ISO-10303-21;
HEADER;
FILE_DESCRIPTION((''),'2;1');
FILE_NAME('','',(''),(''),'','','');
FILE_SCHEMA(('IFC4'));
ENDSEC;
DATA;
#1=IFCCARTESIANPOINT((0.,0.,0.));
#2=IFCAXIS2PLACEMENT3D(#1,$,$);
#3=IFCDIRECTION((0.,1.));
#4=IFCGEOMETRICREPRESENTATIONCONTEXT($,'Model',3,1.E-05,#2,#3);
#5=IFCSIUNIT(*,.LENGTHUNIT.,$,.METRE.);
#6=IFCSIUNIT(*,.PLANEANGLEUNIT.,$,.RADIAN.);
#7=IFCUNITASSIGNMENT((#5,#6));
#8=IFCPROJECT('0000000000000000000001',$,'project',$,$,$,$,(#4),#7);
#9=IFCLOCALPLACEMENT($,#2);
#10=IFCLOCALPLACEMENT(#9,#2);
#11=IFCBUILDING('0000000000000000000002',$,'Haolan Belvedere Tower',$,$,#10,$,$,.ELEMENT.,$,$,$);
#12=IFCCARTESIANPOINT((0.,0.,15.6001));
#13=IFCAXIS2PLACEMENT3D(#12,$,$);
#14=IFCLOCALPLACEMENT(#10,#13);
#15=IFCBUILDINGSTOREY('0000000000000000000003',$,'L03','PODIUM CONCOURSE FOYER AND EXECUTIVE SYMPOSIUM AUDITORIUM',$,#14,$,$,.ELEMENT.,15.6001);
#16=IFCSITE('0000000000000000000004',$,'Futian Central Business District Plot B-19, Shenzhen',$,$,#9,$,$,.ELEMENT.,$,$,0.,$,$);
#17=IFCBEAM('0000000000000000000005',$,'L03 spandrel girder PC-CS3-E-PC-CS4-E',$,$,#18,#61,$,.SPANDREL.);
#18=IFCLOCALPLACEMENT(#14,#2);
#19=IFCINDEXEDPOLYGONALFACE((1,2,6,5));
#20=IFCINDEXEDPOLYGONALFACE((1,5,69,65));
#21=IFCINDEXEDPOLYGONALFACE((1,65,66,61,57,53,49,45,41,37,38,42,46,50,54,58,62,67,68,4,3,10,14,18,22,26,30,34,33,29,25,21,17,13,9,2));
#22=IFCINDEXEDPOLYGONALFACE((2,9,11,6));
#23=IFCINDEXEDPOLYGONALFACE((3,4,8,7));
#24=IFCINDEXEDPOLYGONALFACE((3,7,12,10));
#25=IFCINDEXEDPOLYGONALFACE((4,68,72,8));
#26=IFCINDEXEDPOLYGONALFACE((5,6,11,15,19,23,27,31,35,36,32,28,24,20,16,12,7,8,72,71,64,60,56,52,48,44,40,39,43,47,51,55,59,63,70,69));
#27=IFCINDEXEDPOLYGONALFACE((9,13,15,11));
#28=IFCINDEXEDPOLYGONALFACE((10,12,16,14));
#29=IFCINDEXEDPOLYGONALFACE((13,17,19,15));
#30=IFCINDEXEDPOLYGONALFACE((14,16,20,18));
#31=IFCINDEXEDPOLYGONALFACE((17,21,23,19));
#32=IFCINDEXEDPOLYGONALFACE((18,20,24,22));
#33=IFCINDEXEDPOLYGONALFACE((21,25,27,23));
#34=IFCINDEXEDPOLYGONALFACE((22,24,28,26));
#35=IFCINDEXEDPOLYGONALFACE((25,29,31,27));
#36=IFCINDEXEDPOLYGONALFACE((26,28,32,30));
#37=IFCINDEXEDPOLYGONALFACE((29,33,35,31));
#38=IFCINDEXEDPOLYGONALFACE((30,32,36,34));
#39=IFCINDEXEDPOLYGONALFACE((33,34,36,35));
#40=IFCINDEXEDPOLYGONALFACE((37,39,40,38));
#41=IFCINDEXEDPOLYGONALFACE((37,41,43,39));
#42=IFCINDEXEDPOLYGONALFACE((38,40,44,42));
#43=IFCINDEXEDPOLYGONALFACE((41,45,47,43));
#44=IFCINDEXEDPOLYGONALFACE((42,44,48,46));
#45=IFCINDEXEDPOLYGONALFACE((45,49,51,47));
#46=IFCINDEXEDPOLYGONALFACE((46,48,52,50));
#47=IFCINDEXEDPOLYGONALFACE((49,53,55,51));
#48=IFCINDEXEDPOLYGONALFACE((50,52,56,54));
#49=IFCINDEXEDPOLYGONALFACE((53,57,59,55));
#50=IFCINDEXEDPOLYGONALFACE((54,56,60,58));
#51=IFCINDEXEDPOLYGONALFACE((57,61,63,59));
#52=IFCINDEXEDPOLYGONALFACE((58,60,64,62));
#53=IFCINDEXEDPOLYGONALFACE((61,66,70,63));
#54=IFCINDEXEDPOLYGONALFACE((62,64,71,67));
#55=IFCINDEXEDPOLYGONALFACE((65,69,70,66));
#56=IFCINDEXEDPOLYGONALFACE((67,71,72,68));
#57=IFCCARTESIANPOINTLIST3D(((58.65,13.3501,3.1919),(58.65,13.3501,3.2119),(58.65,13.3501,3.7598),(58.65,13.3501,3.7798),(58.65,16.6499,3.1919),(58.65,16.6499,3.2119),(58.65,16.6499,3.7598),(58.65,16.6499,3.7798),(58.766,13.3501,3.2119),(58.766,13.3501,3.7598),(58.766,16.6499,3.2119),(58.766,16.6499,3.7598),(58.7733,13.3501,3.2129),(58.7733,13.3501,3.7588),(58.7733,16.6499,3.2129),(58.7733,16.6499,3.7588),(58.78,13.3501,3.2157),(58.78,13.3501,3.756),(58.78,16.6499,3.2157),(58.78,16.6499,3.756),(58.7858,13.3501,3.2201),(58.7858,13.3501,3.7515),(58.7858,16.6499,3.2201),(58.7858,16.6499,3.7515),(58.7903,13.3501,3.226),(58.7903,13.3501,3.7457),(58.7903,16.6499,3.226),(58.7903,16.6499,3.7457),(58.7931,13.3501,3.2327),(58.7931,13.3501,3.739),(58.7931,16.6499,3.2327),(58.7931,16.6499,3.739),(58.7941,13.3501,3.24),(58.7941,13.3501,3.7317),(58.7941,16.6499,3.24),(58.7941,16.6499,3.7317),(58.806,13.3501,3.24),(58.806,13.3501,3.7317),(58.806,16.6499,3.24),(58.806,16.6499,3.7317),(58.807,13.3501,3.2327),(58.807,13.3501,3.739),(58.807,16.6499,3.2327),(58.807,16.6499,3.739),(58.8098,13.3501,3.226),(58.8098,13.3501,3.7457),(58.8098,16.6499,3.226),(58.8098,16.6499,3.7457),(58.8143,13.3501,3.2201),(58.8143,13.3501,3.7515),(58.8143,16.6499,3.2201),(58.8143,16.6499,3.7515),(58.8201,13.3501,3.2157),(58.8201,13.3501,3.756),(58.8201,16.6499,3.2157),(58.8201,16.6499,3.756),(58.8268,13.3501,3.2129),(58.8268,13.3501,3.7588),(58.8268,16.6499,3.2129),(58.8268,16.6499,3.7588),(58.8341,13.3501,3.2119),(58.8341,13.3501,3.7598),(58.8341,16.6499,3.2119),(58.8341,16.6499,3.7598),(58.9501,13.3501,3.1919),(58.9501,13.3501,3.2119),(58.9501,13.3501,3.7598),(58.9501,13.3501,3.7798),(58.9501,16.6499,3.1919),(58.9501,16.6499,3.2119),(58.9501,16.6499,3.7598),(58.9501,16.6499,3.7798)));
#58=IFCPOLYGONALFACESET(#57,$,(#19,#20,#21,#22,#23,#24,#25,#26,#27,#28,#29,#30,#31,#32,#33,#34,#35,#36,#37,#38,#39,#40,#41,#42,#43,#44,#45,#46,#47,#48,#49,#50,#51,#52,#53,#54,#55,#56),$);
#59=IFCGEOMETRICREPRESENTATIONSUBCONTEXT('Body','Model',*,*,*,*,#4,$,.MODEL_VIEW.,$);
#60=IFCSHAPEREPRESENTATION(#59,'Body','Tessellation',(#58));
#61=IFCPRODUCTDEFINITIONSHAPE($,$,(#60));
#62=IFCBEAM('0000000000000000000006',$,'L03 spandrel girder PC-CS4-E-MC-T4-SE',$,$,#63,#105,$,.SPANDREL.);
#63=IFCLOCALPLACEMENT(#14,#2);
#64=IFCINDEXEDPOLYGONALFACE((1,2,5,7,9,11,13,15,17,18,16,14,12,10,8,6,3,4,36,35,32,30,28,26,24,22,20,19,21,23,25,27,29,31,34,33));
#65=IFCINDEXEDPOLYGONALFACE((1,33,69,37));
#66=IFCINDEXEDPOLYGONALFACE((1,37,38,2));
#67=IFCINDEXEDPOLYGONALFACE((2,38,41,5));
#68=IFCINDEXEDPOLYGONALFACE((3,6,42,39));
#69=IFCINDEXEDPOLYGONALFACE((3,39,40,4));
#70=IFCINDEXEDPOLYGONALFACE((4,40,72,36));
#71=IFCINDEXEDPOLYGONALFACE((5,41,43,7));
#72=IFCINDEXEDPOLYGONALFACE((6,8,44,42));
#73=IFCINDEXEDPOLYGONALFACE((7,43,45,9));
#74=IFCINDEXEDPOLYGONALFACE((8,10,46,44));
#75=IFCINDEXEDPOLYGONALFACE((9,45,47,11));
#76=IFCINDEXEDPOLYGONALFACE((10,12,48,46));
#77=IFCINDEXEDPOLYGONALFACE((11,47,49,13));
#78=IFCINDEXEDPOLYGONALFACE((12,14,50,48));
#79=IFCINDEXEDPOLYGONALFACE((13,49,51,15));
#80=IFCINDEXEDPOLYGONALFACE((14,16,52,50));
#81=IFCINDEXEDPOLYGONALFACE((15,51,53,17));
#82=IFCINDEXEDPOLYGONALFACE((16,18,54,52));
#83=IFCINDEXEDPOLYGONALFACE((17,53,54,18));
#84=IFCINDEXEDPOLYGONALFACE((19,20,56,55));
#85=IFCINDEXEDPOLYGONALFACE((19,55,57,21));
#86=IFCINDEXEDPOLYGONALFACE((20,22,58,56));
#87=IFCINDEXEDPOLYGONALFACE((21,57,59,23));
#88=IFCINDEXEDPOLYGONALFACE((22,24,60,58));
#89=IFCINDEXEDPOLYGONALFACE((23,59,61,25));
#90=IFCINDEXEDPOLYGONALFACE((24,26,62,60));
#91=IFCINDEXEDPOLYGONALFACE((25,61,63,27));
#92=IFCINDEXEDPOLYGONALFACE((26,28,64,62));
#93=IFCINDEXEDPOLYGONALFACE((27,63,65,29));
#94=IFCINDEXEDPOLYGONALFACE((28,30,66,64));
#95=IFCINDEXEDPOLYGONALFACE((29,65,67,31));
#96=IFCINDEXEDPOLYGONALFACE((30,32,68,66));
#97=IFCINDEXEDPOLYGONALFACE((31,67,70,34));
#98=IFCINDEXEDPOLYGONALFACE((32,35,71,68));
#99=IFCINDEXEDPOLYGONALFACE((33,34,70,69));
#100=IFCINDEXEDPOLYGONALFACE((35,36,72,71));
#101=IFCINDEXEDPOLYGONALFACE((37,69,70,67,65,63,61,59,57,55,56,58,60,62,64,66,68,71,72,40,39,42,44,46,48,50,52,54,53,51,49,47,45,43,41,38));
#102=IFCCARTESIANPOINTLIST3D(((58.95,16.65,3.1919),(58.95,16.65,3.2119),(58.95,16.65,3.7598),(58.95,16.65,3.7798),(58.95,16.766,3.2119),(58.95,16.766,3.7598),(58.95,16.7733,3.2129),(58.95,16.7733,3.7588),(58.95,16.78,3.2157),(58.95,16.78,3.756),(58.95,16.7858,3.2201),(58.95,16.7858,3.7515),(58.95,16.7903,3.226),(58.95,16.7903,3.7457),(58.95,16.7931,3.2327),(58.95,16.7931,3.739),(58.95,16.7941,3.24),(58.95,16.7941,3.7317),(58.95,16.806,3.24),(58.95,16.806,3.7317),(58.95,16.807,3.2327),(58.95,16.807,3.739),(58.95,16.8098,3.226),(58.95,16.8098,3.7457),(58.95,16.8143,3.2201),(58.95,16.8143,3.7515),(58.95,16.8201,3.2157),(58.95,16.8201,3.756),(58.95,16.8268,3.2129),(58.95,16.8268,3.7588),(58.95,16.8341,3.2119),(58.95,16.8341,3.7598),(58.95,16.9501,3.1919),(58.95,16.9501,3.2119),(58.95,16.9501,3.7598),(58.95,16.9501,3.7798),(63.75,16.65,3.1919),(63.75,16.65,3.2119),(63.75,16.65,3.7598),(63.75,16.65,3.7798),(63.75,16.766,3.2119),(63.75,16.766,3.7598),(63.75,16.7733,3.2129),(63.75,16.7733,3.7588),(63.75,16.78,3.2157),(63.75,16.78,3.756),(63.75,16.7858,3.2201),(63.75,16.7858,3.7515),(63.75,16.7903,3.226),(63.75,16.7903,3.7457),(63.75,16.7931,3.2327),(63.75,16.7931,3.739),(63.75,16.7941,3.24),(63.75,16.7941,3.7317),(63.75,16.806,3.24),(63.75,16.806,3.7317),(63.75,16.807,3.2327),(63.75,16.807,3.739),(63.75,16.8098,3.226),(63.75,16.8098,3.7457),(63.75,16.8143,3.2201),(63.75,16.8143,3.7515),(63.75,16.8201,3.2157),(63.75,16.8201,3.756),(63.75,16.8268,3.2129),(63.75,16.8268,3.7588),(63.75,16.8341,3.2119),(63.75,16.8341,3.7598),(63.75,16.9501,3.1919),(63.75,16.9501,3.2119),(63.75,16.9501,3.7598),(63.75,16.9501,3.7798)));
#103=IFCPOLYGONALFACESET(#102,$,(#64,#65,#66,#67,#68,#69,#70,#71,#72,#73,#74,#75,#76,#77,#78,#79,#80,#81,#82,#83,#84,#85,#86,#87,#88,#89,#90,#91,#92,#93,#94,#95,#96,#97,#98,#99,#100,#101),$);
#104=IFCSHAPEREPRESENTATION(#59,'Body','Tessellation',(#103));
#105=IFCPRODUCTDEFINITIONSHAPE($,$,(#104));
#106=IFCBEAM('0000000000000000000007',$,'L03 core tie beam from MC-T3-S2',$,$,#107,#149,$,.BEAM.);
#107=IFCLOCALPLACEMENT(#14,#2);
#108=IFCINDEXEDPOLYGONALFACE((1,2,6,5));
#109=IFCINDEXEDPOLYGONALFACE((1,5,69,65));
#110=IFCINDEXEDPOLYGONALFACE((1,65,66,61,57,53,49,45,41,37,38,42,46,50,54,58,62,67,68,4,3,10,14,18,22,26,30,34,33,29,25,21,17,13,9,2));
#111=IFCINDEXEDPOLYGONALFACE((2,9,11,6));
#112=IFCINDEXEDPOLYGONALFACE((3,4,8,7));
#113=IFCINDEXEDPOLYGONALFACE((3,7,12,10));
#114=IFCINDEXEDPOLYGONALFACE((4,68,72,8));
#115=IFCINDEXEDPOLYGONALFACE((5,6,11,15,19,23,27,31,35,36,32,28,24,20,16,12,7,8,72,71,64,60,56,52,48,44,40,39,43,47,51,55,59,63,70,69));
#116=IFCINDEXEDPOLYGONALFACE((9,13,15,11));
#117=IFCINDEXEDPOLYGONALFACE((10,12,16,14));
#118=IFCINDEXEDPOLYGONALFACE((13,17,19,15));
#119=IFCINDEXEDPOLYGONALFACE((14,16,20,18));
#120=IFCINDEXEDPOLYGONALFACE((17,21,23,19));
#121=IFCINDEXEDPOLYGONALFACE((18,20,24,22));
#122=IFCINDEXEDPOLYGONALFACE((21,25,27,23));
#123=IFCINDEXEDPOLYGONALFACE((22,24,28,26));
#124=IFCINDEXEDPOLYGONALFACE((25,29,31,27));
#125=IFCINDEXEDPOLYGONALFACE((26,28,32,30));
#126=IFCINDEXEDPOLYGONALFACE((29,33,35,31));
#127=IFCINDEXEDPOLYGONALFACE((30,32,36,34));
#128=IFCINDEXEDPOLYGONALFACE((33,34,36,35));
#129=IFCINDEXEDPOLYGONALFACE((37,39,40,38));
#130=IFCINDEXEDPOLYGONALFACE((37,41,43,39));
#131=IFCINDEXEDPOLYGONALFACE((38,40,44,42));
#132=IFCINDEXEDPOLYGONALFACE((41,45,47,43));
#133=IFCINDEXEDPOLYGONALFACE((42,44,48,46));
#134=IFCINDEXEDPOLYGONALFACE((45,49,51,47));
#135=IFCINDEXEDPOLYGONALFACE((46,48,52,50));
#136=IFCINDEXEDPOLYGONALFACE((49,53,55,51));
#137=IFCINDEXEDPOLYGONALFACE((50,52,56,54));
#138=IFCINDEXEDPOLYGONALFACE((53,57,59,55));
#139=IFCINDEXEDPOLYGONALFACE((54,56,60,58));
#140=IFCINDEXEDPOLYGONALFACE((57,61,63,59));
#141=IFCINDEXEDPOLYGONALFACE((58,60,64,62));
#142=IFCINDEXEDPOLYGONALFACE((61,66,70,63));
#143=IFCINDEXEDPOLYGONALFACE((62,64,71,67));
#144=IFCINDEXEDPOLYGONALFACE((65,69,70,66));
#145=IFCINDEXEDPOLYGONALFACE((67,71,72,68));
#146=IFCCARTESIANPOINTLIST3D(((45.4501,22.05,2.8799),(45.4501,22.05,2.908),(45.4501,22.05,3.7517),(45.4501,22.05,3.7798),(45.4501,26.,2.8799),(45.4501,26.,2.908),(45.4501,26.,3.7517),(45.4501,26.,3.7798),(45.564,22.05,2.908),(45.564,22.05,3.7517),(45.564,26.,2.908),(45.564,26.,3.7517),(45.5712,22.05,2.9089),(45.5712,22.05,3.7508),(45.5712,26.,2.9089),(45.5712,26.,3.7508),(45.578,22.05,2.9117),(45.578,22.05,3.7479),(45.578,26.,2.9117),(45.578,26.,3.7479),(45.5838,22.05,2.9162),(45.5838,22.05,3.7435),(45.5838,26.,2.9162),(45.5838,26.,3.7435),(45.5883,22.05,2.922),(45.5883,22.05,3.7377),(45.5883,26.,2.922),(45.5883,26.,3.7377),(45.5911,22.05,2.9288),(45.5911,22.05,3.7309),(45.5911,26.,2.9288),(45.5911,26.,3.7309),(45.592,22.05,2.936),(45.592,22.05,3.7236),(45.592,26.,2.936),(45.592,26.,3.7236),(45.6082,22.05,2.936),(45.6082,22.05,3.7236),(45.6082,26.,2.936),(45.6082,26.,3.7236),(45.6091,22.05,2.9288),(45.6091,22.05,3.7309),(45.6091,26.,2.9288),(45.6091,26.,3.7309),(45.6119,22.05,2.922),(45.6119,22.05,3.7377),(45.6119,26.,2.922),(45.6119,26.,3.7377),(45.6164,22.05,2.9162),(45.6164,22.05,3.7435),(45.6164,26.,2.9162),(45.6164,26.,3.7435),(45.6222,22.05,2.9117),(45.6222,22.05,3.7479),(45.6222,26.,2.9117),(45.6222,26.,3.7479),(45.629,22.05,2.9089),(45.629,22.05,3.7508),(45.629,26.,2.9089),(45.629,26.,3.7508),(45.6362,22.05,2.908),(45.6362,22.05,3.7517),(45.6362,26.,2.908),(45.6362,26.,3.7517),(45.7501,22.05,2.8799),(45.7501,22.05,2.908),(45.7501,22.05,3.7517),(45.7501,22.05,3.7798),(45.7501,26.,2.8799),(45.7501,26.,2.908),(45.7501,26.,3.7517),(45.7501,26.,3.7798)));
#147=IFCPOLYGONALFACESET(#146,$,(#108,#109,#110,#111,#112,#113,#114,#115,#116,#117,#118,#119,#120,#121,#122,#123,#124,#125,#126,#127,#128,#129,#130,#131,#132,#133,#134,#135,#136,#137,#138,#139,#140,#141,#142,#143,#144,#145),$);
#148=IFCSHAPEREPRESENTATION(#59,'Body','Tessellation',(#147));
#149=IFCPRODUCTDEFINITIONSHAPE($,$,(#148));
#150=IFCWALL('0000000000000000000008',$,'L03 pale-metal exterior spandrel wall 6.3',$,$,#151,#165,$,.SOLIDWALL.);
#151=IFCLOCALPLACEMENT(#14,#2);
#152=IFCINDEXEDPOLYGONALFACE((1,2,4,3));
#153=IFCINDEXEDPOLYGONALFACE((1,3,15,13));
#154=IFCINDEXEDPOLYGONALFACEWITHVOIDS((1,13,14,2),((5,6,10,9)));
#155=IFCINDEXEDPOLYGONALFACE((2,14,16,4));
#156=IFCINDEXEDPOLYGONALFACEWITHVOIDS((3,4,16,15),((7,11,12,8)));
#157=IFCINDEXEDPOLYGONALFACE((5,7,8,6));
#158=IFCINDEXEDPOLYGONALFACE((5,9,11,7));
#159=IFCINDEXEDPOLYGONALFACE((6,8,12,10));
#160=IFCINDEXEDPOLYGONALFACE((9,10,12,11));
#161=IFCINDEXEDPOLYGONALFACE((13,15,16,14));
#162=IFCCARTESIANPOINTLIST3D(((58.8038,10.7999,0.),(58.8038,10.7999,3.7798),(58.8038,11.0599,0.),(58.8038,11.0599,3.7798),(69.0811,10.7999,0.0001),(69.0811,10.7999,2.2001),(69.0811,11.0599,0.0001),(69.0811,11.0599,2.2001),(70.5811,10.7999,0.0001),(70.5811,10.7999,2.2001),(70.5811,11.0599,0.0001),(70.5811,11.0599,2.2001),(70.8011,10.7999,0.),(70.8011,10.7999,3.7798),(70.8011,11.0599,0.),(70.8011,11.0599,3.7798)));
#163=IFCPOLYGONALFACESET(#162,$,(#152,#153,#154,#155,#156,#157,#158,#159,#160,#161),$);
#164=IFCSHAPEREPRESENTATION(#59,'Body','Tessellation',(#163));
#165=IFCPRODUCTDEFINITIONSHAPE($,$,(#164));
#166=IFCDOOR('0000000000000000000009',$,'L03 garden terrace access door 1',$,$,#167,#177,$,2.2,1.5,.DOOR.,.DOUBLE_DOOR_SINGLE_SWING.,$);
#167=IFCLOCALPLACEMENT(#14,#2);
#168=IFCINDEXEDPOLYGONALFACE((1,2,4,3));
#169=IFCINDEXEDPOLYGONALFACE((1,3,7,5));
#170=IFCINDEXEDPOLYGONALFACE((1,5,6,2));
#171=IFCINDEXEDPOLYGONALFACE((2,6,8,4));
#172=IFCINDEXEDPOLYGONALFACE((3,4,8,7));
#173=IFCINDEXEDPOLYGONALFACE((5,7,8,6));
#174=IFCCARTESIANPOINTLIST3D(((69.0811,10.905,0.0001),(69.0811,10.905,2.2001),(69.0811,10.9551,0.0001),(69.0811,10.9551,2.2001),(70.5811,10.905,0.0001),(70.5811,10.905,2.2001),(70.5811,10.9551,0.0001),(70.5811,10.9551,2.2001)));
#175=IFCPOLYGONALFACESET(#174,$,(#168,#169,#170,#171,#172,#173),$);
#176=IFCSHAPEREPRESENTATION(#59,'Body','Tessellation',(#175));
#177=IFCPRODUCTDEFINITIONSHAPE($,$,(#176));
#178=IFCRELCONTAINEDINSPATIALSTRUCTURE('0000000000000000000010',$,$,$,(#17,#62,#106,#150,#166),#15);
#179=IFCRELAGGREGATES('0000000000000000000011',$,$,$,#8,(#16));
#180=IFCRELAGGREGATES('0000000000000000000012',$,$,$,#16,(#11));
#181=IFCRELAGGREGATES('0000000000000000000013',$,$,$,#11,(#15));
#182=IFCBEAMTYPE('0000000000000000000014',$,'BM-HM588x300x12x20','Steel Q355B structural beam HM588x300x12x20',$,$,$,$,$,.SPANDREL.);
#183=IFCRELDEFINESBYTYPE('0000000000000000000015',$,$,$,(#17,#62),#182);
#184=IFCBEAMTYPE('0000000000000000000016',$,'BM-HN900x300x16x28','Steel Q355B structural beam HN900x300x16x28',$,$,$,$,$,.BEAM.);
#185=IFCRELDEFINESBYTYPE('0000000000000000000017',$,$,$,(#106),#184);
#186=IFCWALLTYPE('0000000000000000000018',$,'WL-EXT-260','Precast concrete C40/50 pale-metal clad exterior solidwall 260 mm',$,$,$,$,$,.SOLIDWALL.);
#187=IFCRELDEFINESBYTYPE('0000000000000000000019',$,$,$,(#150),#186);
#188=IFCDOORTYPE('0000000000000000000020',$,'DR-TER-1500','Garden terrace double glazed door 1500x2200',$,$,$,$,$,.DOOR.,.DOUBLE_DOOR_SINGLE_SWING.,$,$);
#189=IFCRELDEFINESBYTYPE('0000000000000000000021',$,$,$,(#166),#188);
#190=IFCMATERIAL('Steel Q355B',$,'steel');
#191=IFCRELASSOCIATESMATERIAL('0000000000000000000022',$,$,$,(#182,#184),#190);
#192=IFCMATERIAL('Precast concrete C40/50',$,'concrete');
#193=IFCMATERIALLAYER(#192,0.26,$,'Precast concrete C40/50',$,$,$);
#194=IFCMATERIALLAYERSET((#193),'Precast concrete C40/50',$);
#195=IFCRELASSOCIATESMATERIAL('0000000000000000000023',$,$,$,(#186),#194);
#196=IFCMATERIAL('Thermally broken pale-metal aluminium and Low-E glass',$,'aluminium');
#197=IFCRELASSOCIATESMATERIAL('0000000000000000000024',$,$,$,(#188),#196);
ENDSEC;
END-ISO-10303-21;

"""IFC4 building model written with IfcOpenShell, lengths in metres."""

from ifc_helpers import new_model, si_unit, direction, frame, frame_2d, origin, origin_2d, place, context, subcontext, project, spatial, rectangle, i_section, extrude, material, layer, layer_set, material_profile, profile_set, type_object, element, fill, save


model = new_model("IFC4")

# Units and contexts
model_context = context("Model", 3, precision=1e-05, world=origin(), true_north=direction((0.0, 1.0)))
body_context = subcontext(model_context, "Body", "Model", "MODEL_VIEW")
ifc_project = project(units=[si_unit("LENGTHUNIT", "METRE"), si_unit("PLANEANGLEUNIT", "RADIAN")], contexts=[model_context])

# Site, building, storey
site_placement = place(None, origin())
site = spatial("IfcSite", under=ifc_project, at=site_placement, Name="Futian Central Business District Plot B-19, Shenzhen", CompositionType="ELEMENT", RefElevation=0.0)
building_placement = place(site_placement, origin())
building = spatial("IfcBuilding", under=site, at=building_placement, Name="Haolan Belvedere Tower", CompositionType="ELEMENT")
storey_placement = place(building_placement, frame((0.0, 0.0, 15.6001)))
storey = spatial("IfcBuildingStorey", under=building, at=storey_placement, Name="L03", Description="PODIUM CONCOURSE FOYER AND EXECUTIVE SYMPOSIUM AUDITORIUM", CompositionType="ELEMENT", Elevation=15.6001)

# Shared definitions
ifc_material_1 = material(Name="Steel Q355B", Category="steel")

# Beams
ifc_material_profile_1 = material_profile(ifc_material_1, i_section(OverallWidth=0.3, OverallDepth=0.5879, WebThickness=0.012, FlangeThickness=0.02, FilletRadius=0.0281, at=origin_2d()), Name="Steel Q355B")
ifc_profile_set_1 = profile_set([ifc_material_profile_1], Name="Steel Q355B")
beam_type_1 = type_object("IfcBeamType", Name="BM-HM588x300x12x20", Description="Steel Q355B structural beam HM588x300x12x20", PredefinedType="SPANDREL", material=ifc_profile_set_1)
beam_1_placement = place(storey_placement, frame((58.8, 13.3501, 3.4858), z_axis=(0.0, 1.0, 0.0), x_axis=(-1.0, 0.0, 0.0)))
element("IfcBeam", 1, at=beam_1_placement, inside=storey, type_object=beam_type_1, Name="L03 spandrel girder PC-CS3-E-PC-CS4-E", PredefinedType="SPANDREL", context=body_context, shape_type="SweptSolid", body=[
    extrude(i_section(OverallWidth=0.3, OverallDepth=0.5879, WebThickness=0.012, FlangeThickness=0.02, FilletRadius=0.0281, at=origin_2d()), origin(), (0.0, 0.0, 1.0), 3.2998),
])
beam_2_placement = place(storey_placement, frame((58.95, 16.8, 3.4858), z_axis=(1.0, 0.0, 0.0), x_axis=(0.0, 1.0, 0.0)))
element("IfcBeam", 2, at=beam_2_placement, inside=storey, type_object=beam_type_1, Name="L03 spandrel girder PC-CS4-E-MC-T4-SE", PredefinedType="SPANDREL", context=body_context, shape_type="SweptSolid", body=[
    extrude(i_section(OverallWidth=0.3, OverallDepth=0.5879, WebThickness=0.012, FlangeThickness=0.02, FilletRadius=0.0281, at=origin_2d()), origin(), (0.0, 0.0, 1.0), 4.8),
])
ifc_material_profile_2 = material_profile(ifc_material_1, i_section(OverallWidth=0.3, OverallDepth=0.8999, WebThickness=0.0161, FlangeThickness=0.0281, FilletRadius=0.0281, at=origin_2d()), Name="Steel Q355B")
ifc_profile_set_2 = profile_set([ifc_material_profile_2], Name="Steel Q355B")
beam_type_2 = type_object("IfcBeamType", Name="BM-HN900x300x16x28", Description="Steel Q355B structural beam HN900x300x16x28", PredefinedType="BEAM", material=ifc_profile_set_2)
beam_3_placement = place(storey_placement, frame((45.6001, 22.05, 3.3298), z_axis=(0.0, 1.0, 0.0), x_axis=(-1.0, 0.0, 0.0)))
element("IfcBeam", 3, at=beam_3_placement, inside=storey, type_object=beam_type_2, Name="L03 core tie beam from MC-T3-S2", PredefinedType="BEAM", context=body_context, shape_type="SweptSolid", body=[
    extrude(i_section(OverallWidth=0.3, OverallDepth=0.8999, WebThickness=0.0161, FlangeThickness=0.0281, FilletRadius=0.0281, at=origin_2d()), origin(), (0.0, 0.0, 1.0), 3.95),
])

# Wall, opening, door
ifc_material_2 = material(Name="Precast concrete C40/50", Category="concrete")
ifc_layer_1 = layer(ifc_material_2, 0.26, Name="Precast concrete C40/50")
ifc_layer_set_1 = layer_set([ifc_layer_1], Name="Precast concrete C40/50")
wall_type_1 = type_object("IfcWallType", Name="WL-EXT-260", Description="Precast concrete C40/50 pale-metal clad exterior solidwall 260 mm", PredefinedType="SOLIDWALL", material=ifc_layer_set_1)
wall_1_placement = place(storey_placement, frame((58.804, 10.9299, 0.0), z_axis=(0.0, 0.0, 1.0), x_axis=(1.0, 0.0, 0.0)))
wall_1 = element("IfcWall", 4, at=wall_1_placement, inside=storey, type_object=wall_type_1, Name="L03 pale-metal exterior spandrel wall 6.3", PredefinedType="SOLIDWALL", context=body_context, shape_type="SweptSolid", body=[
    extrude(rectangle(XDim=11.9973, YDim=0.26, at=frame_2d((5.9985, 0.0))), origin(), (0.0, 0.0, 1.0), 3.7798),
])
opening_1_placement = place(wall_1_placement, frame((11.7771, 0.0, 0.0), z_axis=(0.0, 0.0, 1.0), x_axis=(-1.0, 0.0, 0.0)))
opening_1 = element("IfcOpeningElement", 5, at=opening_1_placement, cuts=wall_1, PredefinedType="OPENING", context=body_context, shape_type="SweptSolid", body=[
    extrude(rectangle(XDim=1.5, YDim=2.2, at=frame_2d((0.75, 1.1001))), frame((0.0, 0.1399, 0.0), z_axis=(0.0, -1.0, 0.0), x_axis=(1.0, 0.0, 0.0)), (0.0, 0.0, 1.0), 0.28),
])
ifc_material_3 = material(Name="Thermally broken pale-metal aluminium and Low-E glass", Category="aluminium")
door_type_1 = type_object("IfcDoorType", Name="DR-TER-1500", Description="Garden terrace double glazed door 1500x2200", OperationType="DOUBLE_DOOR_SINGLE_SWING", PredefinedType="DOOR", material=ifc_material_3)
door_1_placement = place(opening_1_placement, origin())
door_1 = element("IfcDoor", 6, at=door_1_placement, inside=storey, type_object=door_type_1, Name="L03 garden terrace access door 1", OperationType="DOUBLE_DOOR_SINGLE_SWING", OverallHeight=2.2, OverallWidth=1.5, PredefinedType="DOOR", context=body_context, shape_type="SweptSolid", body=[
    extrude(rectangle(XDim=1.5, YDim=2.2, at=frame_2d((0.75, 1.1001))), frame((0.0, 0.0249, 0.0), z_axis=(0.0, -1.0, 0.0), x_axis=(1.0, 0.0, 0.0)), (0.0, 0.0, 1.0), 0.05),
])
fill(opening_1, door_1)

save(model, "model.ifc")
